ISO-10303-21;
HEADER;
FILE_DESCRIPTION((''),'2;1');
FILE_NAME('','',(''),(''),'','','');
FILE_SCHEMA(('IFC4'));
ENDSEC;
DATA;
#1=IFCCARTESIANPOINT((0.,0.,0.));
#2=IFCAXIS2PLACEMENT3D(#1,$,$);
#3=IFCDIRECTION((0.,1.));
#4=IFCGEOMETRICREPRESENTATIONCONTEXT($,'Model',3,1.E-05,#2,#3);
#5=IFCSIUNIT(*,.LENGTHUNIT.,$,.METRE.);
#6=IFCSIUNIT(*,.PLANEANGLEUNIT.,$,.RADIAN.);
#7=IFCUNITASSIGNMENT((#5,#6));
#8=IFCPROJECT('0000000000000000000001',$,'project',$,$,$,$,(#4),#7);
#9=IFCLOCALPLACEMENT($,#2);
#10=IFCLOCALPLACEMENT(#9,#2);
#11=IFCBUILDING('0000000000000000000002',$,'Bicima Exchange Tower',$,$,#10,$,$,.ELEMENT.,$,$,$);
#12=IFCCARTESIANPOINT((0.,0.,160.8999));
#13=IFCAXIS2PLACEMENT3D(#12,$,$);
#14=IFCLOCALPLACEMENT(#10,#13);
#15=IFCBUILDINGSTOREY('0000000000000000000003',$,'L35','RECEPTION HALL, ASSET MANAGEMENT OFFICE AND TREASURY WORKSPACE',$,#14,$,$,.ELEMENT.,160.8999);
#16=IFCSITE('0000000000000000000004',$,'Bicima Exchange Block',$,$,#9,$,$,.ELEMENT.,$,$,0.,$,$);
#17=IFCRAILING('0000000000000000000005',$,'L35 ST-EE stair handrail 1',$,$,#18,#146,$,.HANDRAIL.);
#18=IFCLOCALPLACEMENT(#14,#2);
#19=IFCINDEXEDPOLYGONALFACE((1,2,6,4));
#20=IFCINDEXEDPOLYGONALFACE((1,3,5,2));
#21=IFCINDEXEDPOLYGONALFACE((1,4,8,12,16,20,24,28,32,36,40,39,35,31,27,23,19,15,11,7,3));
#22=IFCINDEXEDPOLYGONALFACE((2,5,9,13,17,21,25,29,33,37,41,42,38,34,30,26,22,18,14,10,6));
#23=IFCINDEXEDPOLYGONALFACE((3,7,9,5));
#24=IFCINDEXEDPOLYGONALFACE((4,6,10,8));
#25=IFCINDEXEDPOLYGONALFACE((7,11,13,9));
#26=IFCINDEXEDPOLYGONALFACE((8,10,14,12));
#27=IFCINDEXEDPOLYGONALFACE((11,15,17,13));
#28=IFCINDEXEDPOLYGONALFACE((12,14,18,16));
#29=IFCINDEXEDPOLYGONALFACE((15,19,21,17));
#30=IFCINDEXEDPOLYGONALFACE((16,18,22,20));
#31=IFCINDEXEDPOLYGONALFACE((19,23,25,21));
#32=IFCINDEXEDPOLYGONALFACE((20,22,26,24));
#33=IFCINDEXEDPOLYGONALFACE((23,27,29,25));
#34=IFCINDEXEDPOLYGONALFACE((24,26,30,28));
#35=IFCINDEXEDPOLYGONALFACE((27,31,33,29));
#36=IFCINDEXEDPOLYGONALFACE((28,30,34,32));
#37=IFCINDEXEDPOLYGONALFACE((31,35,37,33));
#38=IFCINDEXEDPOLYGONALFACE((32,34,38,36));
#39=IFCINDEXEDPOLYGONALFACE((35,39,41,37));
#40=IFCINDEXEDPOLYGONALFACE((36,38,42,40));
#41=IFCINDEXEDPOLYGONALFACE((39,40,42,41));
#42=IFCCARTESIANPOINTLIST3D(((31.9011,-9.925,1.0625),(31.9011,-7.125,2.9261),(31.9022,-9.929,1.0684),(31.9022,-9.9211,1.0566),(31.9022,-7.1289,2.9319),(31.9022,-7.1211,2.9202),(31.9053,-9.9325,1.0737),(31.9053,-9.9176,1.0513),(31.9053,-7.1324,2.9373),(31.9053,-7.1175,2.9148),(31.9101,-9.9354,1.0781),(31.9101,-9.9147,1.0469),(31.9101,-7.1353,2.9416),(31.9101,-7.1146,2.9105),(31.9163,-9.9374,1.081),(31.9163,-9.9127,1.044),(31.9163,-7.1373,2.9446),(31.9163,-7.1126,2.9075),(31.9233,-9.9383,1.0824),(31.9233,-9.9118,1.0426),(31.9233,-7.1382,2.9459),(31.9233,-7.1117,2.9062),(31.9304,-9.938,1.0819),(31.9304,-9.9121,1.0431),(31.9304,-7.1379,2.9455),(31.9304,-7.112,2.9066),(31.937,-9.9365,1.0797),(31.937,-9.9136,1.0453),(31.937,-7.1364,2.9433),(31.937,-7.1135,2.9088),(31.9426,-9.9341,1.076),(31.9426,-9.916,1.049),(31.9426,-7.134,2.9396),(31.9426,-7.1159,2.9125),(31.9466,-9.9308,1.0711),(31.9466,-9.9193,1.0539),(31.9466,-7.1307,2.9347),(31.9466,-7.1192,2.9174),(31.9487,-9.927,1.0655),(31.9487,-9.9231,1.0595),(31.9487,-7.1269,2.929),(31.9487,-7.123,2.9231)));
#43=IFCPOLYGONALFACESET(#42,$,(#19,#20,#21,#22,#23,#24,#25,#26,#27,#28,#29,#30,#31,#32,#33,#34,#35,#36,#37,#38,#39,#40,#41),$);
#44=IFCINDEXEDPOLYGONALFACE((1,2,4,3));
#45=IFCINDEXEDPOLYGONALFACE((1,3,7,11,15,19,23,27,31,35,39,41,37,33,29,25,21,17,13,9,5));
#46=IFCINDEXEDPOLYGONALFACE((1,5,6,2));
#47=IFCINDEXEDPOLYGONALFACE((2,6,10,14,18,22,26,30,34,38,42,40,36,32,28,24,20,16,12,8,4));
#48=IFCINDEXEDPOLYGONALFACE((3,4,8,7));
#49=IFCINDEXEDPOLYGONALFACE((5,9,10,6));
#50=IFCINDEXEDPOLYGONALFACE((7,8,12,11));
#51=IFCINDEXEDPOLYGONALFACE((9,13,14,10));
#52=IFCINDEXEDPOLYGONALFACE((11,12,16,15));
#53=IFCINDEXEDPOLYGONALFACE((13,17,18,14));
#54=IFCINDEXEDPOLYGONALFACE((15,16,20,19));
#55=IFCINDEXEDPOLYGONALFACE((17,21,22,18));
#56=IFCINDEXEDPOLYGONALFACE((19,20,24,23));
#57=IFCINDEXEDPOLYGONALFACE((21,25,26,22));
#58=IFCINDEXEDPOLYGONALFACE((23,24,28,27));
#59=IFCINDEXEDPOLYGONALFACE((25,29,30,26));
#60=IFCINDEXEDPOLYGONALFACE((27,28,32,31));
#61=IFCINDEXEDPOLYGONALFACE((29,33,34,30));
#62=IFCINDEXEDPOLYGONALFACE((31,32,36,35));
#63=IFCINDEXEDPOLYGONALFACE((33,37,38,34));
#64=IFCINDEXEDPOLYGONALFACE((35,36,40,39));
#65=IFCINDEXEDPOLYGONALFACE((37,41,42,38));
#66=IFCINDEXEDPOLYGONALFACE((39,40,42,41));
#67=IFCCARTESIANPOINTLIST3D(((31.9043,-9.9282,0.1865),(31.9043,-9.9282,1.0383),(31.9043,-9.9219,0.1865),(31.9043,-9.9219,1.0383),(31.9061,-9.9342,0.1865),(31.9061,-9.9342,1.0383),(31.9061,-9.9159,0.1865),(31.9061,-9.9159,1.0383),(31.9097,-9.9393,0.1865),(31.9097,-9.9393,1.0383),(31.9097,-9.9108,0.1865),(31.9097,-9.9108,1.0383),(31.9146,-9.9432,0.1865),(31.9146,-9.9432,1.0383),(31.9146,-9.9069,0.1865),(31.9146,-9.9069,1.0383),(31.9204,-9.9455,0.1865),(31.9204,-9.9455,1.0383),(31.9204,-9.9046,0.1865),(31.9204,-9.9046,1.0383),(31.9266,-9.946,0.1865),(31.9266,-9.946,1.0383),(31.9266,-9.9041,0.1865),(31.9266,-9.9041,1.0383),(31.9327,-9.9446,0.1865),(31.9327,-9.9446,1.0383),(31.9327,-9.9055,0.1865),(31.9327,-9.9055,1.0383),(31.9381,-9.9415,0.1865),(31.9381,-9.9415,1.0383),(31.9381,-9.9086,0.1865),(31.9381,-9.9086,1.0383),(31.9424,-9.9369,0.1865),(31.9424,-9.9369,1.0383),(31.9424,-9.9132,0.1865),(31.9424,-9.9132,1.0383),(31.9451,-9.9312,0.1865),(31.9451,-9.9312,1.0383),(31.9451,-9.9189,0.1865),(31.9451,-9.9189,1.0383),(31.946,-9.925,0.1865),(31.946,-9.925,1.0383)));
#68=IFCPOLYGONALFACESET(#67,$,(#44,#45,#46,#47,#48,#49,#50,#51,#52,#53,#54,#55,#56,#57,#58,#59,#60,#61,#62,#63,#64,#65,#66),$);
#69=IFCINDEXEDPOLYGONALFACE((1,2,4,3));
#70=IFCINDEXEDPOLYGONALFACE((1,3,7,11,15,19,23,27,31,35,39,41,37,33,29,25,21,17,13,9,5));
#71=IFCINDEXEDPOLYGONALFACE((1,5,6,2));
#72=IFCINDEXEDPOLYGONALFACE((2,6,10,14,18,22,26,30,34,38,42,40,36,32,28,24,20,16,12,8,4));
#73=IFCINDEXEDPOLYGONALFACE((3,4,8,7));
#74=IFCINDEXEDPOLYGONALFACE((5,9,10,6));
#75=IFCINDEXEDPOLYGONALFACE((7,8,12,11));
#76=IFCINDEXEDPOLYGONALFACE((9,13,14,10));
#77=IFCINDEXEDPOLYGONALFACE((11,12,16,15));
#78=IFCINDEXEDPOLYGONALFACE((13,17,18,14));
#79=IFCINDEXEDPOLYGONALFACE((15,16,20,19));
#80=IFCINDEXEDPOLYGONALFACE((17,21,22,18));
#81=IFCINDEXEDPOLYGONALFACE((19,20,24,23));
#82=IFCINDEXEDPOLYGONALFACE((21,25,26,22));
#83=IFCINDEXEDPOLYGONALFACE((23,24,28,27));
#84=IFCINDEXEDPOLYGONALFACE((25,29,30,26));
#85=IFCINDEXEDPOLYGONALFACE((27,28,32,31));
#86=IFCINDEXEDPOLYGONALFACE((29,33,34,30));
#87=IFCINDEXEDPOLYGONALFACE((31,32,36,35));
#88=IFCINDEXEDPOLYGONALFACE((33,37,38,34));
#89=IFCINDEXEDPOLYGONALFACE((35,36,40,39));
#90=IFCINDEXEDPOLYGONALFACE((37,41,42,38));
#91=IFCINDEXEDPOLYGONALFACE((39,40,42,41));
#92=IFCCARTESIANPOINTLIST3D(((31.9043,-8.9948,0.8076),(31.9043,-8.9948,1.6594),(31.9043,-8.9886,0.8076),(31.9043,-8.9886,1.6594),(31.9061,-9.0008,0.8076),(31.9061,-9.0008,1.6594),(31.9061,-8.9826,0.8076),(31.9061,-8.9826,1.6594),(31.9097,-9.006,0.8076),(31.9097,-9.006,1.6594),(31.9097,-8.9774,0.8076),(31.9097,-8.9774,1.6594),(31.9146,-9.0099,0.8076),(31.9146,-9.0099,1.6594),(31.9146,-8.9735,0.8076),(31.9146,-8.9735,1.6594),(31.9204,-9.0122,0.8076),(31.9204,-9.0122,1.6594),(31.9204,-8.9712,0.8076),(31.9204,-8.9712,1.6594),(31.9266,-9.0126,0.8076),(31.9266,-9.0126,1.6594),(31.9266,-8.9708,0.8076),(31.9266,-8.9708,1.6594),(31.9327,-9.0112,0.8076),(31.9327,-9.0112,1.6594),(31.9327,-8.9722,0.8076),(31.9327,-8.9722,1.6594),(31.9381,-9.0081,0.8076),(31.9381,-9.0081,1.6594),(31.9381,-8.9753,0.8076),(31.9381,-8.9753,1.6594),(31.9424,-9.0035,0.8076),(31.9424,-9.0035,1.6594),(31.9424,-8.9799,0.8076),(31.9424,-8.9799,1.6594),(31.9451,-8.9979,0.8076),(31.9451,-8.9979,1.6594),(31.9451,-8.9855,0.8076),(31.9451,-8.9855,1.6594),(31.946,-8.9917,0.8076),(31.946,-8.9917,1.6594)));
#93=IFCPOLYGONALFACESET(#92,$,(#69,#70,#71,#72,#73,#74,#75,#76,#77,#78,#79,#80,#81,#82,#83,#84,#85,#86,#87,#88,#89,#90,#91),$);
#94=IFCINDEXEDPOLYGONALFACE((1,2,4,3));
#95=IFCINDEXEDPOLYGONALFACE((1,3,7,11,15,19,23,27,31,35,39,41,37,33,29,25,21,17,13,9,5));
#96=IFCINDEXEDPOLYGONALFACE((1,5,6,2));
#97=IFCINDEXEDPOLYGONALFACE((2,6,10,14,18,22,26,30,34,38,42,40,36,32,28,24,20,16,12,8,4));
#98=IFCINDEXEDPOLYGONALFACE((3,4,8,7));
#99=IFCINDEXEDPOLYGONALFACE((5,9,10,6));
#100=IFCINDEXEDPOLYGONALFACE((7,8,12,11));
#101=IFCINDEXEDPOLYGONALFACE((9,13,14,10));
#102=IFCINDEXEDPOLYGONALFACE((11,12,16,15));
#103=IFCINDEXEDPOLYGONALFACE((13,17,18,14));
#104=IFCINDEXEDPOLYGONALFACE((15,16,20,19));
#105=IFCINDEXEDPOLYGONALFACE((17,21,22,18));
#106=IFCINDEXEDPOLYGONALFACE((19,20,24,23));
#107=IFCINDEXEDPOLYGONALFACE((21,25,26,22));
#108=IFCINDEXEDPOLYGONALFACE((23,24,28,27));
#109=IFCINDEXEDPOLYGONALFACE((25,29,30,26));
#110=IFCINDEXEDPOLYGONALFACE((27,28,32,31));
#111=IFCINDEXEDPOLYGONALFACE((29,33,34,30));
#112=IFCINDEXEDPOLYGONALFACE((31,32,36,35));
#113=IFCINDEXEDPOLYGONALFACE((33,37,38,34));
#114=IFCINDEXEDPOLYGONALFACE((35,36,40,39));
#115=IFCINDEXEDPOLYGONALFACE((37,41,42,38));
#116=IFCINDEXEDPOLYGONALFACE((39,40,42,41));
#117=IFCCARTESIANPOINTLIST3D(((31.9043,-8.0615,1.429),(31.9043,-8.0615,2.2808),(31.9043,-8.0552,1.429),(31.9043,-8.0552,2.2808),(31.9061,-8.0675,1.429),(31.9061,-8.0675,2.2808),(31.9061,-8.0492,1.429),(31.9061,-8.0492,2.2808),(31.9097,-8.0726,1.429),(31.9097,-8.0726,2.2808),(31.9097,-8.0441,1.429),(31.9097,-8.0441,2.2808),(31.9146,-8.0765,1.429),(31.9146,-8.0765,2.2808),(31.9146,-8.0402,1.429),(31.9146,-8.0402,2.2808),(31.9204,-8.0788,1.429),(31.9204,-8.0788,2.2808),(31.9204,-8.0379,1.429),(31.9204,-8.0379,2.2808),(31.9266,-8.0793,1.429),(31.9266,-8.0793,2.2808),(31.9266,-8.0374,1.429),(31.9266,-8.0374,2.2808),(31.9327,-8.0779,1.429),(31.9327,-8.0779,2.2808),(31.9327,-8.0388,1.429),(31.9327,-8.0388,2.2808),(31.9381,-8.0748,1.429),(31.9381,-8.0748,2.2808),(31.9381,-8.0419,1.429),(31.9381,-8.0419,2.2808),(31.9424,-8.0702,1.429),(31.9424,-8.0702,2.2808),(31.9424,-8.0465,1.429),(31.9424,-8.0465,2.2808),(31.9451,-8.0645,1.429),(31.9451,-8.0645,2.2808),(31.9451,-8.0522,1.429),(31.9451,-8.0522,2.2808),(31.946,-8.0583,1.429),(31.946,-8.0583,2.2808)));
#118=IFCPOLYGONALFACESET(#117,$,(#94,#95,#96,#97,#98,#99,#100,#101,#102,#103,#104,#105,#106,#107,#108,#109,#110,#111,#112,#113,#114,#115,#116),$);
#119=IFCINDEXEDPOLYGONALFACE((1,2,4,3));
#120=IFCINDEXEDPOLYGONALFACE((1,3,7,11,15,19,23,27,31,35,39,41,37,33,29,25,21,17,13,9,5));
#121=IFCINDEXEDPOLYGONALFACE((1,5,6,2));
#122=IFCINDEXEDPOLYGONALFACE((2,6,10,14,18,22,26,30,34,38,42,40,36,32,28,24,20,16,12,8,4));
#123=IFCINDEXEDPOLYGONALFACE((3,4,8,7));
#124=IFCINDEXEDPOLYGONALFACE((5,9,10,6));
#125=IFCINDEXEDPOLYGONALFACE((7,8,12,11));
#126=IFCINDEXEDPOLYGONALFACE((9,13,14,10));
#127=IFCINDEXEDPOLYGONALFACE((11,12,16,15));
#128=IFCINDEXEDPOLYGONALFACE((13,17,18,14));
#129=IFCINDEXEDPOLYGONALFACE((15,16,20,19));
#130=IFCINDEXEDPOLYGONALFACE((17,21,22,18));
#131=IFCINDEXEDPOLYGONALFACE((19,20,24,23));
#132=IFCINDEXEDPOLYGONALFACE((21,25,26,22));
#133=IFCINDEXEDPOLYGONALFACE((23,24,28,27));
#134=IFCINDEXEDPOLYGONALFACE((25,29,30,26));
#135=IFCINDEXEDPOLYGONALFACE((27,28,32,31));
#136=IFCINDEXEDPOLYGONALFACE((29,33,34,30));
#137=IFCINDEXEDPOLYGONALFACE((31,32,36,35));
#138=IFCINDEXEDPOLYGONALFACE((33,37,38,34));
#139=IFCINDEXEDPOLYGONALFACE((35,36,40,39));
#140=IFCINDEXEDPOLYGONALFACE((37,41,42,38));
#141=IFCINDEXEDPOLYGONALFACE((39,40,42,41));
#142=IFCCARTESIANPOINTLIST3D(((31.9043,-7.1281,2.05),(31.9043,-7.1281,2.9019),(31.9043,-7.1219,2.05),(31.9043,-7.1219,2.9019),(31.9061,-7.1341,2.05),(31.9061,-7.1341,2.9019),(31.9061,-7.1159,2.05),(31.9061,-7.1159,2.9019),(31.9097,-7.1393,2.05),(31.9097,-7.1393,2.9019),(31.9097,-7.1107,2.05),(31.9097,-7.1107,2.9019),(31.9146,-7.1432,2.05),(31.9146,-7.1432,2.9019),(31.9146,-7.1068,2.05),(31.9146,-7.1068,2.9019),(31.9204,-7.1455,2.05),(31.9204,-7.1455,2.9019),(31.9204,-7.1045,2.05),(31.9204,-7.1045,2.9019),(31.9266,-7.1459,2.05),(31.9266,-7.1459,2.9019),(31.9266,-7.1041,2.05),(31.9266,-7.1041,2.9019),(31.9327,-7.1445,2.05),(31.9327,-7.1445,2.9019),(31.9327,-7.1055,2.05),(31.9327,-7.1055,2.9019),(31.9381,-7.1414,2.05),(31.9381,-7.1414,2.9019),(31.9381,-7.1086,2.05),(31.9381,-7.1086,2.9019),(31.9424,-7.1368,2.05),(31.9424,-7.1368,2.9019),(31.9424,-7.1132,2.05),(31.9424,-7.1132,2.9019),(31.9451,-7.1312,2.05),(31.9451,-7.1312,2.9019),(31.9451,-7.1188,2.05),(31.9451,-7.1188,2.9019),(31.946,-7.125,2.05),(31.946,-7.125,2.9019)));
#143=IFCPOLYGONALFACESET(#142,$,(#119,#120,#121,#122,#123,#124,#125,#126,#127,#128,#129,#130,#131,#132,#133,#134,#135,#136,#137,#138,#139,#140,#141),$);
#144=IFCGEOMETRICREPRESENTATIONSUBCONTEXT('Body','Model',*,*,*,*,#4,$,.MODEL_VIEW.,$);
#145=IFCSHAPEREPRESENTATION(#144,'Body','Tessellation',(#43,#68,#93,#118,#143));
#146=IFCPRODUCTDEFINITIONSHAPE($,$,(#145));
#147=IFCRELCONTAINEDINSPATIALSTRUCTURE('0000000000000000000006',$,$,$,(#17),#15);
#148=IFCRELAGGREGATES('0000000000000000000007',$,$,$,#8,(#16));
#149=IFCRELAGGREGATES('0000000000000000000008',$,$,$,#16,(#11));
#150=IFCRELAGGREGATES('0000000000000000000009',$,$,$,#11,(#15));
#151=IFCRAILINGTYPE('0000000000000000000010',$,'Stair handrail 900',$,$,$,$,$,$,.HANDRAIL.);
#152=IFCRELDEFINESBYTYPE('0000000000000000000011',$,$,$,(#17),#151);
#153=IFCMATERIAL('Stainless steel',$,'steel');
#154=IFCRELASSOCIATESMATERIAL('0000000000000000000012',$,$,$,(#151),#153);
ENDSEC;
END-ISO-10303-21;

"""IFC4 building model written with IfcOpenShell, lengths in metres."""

from ifc_helpers import new_model, si_unit, direction, frame, origin, origin_2d, place, context, subcontext, project, spatial, circle, extrude, material, type_object, element, save


model = new_model("IFC4")

# Units and contexts
model_context = context("Model", 3, precision=1e-05, world=origin(), true_north=direction((0.0, 1.0)))
body_context = subcontext(model_context, "Body", "Model", "MODEL_VIEW")
ifc_project = project(units=[si_unit("LENGTHUNIT", "METRE"), si_unit("PLANEANGLEUNIT", "RADIAN")], contexts=[model_context])

# Site, building, storey
site_placement = place(None, origin())
site = spatial("IfcSite", under=ifc_project, at=site_placement, Name="Bicima Exchange Block", CompositionType="ELEMENT", RefElevation=0.0)
building_placement = place(site_placement, origin())
building = spatial("IfcBuilding", under=site, at=building_placement, Name="Bicima Exchange Tower", CompositionType="ELEMENT")
storey_placement = place(building_placement, frame((0.0, 0.0, 160.8999)))
storey = spatial("IfcBuildingStorey", under=building, at=storey_placement, Name="L35", Description="RECEPTION HALL, ASSET MANAGEMENT OFFICE AND TREASURY WORKSPACE", CompositionType="ELEMENT", Elevation=160.8999)

# Railing
ifc_material_1 = material(Name="Stainless steel", Category="steel")
railing_type_1 = type_object("IfcRailingType", Name="Stair handrail 900", PredefinedType="HANDRAIL", material=ifc_material_1)
railing_1_placement = place(storey_placement, frame((31.925, -9.925, 0.1865)))
element("IfcRailing", 1, at=railing_1_placement, inside=storey, type_object=railing_type_1, Name="L35 ST-EE stair handrail 1", PredefinedType="HANDRAIL", context=body_context, shape_type="SweptSolid", body=[
    extrude(circle(Radius=0.0239, at=origin_2d()), frame((0.0, 0.0, 0.876), z_axis=(0.0, 0.832486, 0.554047), x_axis=(-1.0, 0.0, 0.0)), (0.0, 0.0, 1.0), 3.3635),
    extrude(circle(Radius=0.021, at=origin_2d()), origin(), (0.0, 0.0, 1.0), 0.8518),
    extrude(circle(Radius=0.021, at=origin_2d()), frame((0.0, 0.9333, 0.6211)), (0.0, 0.0, 1.0), 0.8518),
    extrude(circle(Radius=0.021, at=origin_2d()), frame((0.0, 1.8667, 1.2424)), (0.0, 0.0, 1.0), 0.8518),
    extrude(circle(Radius=0.021, at=origin_2d()), frame((0.0, 2.8, 1.8635)), (0.0, 0.0, 1.0), 0.8518),
])

save(model, "model.ifc")
